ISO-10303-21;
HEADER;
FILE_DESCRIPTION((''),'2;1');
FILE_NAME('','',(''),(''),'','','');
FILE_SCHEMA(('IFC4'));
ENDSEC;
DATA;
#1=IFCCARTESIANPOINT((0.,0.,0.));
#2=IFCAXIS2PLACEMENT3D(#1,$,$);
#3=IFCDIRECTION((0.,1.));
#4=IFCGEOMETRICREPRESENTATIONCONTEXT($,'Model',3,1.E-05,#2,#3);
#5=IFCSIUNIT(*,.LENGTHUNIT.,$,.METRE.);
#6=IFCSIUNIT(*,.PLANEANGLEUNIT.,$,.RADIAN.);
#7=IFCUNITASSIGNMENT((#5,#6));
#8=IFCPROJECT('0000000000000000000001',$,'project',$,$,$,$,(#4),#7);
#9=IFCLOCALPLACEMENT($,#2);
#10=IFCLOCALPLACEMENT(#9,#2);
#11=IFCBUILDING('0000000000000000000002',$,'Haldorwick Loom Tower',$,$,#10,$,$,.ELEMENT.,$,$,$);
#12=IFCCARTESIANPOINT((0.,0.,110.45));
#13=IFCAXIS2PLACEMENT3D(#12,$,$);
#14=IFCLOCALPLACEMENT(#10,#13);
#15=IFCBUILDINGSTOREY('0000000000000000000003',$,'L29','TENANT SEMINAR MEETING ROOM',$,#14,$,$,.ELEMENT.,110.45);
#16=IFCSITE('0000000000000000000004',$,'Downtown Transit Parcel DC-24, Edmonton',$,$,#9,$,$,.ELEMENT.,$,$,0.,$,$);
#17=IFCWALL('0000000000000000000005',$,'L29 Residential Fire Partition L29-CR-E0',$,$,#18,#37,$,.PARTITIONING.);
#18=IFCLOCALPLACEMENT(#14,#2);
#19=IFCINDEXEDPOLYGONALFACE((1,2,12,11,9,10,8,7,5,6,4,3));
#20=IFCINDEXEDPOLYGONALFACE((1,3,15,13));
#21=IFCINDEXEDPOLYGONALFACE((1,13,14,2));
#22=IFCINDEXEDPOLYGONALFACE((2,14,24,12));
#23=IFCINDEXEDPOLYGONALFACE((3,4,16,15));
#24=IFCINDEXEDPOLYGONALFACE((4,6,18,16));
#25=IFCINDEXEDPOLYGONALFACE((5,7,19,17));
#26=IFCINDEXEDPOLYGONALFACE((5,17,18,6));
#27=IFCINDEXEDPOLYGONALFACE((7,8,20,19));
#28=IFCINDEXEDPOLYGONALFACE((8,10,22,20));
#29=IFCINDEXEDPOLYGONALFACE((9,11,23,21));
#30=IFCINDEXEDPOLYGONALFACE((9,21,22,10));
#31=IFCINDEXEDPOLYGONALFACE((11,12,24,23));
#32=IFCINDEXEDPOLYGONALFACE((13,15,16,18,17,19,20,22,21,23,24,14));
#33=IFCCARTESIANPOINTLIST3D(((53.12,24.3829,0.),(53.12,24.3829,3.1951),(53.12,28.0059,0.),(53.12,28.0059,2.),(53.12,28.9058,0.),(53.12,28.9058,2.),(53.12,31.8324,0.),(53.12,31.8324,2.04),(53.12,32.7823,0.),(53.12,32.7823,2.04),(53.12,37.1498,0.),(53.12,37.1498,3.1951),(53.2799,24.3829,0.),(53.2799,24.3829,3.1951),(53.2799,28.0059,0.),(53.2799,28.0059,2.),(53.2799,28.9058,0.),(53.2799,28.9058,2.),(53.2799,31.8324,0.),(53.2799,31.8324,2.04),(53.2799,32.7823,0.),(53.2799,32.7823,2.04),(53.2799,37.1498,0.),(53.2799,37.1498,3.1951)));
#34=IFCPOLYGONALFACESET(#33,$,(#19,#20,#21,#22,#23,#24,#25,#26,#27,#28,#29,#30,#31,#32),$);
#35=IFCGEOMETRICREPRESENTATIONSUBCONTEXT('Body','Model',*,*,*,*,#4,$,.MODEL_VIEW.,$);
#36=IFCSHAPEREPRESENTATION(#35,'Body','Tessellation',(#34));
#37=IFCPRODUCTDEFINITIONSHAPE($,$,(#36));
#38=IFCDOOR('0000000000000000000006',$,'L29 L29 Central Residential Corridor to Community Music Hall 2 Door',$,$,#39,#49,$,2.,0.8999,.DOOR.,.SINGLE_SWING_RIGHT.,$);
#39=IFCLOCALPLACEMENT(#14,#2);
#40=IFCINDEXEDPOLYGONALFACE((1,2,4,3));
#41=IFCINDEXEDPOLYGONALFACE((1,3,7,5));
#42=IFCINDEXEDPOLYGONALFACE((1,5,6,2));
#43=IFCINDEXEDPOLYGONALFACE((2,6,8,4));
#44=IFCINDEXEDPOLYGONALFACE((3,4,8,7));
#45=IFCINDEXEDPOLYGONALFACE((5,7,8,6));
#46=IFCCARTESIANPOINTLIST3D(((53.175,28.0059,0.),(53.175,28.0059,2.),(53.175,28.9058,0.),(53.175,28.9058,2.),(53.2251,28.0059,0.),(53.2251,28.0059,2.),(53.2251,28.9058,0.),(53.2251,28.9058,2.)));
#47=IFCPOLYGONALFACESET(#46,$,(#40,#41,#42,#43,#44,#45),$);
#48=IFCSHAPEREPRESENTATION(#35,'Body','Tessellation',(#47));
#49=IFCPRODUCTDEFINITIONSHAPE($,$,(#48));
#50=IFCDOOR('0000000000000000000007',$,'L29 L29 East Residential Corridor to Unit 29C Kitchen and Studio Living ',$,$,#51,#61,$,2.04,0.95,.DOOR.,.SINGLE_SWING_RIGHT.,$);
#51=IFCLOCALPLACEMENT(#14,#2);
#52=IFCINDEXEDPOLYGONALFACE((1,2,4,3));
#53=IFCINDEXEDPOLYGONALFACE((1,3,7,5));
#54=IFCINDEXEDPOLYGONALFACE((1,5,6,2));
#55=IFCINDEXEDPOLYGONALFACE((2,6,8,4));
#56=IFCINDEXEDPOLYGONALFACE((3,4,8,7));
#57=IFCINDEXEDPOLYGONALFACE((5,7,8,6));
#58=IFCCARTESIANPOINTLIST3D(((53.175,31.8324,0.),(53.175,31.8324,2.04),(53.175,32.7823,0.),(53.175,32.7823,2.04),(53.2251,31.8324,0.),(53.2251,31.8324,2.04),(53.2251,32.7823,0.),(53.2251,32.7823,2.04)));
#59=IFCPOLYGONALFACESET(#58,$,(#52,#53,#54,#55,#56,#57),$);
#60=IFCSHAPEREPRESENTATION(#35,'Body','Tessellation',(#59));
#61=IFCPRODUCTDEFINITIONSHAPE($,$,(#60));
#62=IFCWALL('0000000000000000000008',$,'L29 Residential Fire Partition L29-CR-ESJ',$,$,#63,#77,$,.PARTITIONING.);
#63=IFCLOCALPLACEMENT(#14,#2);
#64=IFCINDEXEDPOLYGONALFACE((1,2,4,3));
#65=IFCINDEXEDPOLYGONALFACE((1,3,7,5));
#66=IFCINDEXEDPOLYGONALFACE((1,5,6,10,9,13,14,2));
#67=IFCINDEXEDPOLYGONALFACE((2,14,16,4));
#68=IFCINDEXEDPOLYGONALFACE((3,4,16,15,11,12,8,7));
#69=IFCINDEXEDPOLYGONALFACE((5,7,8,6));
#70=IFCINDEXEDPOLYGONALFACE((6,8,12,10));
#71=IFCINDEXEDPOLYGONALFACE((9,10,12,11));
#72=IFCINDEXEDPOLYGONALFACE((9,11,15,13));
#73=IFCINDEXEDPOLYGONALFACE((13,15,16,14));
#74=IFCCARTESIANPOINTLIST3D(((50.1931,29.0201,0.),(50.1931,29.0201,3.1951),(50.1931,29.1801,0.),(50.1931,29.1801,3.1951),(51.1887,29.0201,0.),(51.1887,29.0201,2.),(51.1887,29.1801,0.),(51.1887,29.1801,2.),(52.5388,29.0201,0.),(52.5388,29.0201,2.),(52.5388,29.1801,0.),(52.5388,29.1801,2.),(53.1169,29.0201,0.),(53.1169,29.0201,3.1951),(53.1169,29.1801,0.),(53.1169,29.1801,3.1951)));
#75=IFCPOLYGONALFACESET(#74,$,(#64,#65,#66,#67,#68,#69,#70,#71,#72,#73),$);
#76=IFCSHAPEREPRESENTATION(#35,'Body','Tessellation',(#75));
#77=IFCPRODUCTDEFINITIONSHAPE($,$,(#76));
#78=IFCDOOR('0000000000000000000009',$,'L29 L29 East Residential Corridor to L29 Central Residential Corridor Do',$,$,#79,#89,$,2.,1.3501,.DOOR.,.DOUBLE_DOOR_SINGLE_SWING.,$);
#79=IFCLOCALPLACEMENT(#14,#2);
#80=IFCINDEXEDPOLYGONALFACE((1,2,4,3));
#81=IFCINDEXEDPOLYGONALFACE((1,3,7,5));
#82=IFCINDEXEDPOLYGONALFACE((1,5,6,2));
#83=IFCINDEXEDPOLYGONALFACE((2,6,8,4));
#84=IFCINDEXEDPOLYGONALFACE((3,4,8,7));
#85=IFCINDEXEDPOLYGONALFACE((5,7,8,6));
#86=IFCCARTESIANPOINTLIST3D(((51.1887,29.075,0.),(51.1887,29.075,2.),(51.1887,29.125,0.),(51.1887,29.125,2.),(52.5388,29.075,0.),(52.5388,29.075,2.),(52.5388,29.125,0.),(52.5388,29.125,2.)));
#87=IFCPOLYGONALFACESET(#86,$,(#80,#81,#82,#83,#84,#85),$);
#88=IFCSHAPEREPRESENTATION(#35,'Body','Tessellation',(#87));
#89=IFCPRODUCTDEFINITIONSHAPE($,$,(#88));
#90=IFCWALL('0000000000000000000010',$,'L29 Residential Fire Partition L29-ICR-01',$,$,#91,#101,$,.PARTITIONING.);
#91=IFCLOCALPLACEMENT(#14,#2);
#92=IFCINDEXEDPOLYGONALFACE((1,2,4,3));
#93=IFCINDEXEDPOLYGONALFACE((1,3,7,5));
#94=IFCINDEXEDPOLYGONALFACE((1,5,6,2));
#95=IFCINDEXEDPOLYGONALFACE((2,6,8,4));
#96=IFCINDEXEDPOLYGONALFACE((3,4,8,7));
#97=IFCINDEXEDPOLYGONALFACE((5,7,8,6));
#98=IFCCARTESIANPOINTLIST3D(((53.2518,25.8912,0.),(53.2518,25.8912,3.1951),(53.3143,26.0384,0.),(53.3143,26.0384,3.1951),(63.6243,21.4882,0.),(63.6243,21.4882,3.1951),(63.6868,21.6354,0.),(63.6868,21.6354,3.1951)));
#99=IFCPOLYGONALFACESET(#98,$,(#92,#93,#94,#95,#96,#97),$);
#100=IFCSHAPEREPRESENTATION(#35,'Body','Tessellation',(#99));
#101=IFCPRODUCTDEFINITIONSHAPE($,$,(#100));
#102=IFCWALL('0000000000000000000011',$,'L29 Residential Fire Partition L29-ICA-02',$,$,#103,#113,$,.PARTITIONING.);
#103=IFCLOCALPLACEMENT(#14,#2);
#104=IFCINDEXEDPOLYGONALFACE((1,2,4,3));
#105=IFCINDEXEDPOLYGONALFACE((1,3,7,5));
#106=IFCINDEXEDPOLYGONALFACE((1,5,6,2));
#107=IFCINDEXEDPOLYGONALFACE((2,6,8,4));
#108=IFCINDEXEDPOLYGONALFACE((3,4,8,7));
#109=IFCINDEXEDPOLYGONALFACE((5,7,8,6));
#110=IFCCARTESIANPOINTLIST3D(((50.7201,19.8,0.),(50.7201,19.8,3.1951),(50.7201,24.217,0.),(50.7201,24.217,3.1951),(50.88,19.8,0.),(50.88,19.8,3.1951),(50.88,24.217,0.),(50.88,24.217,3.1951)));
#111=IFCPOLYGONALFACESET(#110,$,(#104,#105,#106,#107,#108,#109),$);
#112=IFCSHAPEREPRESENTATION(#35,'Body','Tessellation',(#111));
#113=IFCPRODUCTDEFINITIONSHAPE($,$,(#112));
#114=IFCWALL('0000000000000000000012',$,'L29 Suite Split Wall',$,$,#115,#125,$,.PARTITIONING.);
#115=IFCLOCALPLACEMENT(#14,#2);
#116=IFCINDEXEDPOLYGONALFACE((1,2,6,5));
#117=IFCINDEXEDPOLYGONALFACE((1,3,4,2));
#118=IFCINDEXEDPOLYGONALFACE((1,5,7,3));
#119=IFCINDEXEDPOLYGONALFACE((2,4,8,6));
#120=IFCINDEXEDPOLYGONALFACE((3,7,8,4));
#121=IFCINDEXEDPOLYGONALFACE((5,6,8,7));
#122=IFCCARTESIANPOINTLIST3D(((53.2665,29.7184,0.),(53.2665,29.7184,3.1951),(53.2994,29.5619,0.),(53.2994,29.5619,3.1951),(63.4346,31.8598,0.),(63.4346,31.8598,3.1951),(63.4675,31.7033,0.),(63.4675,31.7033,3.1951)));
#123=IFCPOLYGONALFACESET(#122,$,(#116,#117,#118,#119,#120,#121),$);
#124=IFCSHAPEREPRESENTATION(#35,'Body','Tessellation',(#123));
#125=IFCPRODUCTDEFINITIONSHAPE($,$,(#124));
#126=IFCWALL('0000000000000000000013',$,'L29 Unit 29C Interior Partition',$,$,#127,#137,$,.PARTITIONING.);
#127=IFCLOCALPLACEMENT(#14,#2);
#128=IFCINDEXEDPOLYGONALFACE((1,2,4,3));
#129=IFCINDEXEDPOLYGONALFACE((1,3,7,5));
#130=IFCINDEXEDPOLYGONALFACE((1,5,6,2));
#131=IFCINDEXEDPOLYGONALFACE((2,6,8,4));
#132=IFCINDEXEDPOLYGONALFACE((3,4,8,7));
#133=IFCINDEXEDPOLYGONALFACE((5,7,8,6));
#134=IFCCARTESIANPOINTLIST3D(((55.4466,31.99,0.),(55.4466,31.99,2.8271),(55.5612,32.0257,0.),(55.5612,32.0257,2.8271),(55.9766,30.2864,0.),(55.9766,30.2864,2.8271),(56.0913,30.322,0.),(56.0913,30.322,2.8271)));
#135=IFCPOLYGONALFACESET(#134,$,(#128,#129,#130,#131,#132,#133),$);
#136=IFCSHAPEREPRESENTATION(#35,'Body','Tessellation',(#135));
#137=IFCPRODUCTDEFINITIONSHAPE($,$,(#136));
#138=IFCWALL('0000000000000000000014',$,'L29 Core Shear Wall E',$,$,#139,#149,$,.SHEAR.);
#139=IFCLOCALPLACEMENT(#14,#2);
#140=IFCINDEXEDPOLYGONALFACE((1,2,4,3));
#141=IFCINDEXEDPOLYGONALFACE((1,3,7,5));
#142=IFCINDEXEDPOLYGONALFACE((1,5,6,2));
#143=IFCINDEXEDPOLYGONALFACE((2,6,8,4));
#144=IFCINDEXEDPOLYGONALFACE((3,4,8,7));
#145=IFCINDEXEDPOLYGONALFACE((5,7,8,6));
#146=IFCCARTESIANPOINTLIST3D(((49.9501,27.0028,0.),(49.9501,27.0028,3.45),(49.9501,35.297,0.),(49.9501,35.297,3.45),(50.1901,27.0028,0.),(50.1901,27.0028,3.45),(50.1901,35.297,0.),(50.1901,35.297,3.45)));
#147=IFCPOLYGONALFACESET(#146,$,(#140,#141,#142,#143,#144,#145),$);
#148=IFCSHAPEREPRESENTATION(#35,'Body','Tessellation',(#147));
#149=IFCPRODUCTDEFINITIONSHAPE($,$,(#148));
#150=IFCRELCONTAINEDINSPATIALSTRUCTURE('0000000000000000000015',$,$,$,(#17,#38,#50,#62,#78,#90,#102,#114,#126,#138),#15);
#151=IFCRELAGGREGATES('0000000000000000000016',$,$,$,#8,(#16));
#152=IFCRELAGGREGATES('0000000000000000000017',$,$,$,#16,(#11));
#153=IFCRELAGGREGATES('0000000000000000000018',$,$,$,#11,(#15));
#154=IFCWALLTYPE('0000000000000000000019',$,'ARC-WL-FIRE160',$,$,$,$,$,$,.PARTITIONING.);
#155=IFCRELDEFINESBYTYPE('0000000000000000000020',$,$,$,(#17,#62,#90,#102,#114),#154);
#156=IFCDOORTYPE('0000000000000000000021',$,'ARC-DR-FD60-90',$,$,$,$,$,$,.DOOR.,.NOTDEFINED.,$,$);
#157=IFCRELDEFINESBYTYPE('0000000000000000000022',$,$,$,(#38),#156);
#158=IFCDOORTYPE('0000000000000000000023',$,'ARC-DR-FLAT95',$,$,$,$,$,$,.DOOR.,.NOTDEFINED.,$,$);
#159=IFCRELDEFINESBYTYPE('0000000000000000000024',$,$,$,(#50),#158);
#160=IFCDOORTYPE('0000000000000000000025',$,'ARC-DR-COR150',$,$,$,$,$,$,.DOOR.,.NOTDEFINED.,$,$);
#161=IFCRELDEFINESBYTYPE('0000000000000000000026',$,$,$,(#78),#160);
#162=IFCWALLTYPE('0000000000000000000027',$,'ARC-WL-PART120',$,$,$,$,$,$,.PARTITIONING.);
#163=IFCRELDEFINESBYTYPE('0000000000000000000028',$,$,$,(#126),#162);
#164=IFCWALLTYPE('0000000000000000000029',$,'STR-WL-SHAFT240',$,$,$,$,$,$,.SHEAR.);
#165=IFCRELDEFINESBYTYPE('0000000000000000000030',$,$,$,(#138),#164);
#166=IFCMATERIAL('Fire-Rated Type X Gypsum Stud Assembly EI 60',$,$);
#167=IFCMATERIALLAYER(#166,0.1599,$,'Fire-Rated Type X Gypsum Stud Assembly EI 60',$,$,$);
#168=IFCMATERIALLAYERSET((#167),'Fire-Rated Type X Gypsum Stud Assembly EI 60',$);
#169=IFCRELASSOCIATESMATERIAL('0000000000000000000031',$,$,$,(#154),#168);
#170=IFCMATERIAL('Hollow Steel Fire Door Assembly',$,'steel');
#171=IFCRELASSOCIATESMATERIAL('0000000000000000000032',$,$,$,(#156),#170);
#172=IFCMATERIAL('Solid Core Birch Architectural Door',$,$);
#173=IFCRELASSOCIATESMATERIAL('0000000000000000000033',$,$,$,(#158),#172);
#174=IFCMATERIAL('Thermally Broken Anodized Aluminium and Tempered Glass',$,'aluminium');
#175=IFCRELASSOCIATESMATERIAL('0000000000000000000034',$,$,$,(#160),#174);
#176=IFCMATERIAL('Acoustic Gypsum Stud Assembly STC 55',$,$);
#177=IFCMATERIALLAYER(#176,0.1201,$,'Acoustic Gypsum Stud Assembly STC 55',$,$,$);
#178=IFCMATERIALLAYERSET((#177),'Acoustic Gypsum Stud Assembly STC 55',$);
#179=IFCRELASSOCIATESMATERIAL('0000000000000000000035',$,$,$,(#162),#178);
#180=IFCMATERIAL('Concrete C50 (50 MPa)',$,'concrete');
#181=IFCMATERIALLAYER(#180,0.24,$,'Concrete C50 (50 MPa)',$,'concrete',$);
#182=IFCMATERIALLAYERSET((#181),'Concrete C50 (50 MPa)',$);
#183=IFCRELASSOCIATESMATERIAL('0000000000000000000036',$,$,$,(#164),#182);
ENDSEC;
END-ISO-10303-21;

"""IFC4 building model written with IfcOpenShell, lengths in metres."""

from ifc_helpers import new_model, si_unit, direction, frame, frame_2d, origin, place, context, subcontext, project, spatial, rectangle, extrude, material, layer, layer_set, type_object, element, fill, save


model = new_model("IFC4")

# Units and contexts
model_context = context("Model", 3, precision=1e-05, world=origin(), true_north=direction((0.0, 1.0)))
body_context = subcontext(model_context, "Body", "Model", "MODEL_VIEW")
ifc_project = project(units=[si_unit("LENGTHUNIT", "METRE"), si_unit("PLANEANGLEUNIT", "RADIAN")], contexts=[model_context])

# Site, building, storey
site_placement = place(None, origin())
site = spatial("IfcSite", under=ifc_project, at=site_placement, Name="Downtown Transit Parcel DC-24, Edmonton", CompositionType="ELEMENT", RefElevation=0.0)
building_placement = place(site_placement, origin())
building = spatial("IfcBuilding", under=site, at=building_placement, Name="Haldorwick Loom Tower", CompositionType="ELEMENT")
storey_placement = place(building_placement, frame((0.0, 0.0, 110.45)))
storey = spatial("IfcBuildingStorey", under=building, at=storey_placement, Name="L29", Description="TENANT SEMINAR MEETING ROOM", CompositionType="ELEMENT", Elevation=110.45)

# Wall, openings, doors
ifc_material_1 = material(Name="Fire-Rated Type X Gypsum Stud Assembly EI 60")
ifc_layer_1 = layer(ifc_material_1, 0.1599, Name="Fire-Rated Type X Gypsum Stud Assembly EI 60")
ifc_layer_set_1 = layer_set([ifc_layer_1], Name="Fire-Rated Type X Gypsum Stud Assembly EI 60")
wall_type_1 = type_object("IfcWallType", Name="ARC-WL-FIRE160", PredefinedType="PARTITIONING", material=ifc_layer_set_1)
wall_1_placement = place(storey_placement, frame((53.2, 24.3831, 0.0), z_axis=(0.0, 0.0, 1.0), x_axis=(0.0, 1.0, 0.0)))
wall_1 = element("IfcWall", 1, at=wall_1_placement, inside=storey, type_object=wall_type_1, Name="L29 Residential Fire Partition L29-CR-E0", PredefinedType="PARTITIONING", context=body_context, shape_type="SweptSolid", body=[
    extrude(rectangle(XDim=12.7668, YDim=0.1599, at=frame_2d((6.3833, 0.0))), origin(), (0.0, 0.0, 1.0), 3.1951),
])
opening_1_placement = place(wall_1_placement, frame((3.6228, 0.0, 0.0)))
opening_1 = element("IfcOpeningElement", 2, at=opening_1_placement, cuts=wall_1, PredefinedType="OPENING", context=body_context, shape_type="SweptSolid", body=[
    extrude(rectangle(XDim=0.8999, YDim=2.0, at=frame_2d((0.45, 1.0))), frame((0.0, 0.0898, 0.0), z_axis=(0.0, -1.0, 0.0), x_axis=(1.0, 0.0, 0.0)), (0.0, 0.0, 1.0), 0.1799),
])
opening_2_placement = place(wall_1_placement, frame((7.4492, 0.0, 0.0)))
opening_2 = element("IfcOpeningElement", 3, at=opening_2_placement, cuts=wall_1, PredefinedType="OPENING", context=body_context, shape_type="SweptSolid", body=[
    extrude(rectangle(XDim=0.95, YDim=2.04, at=frame_2d((0.4751, 1.02))), frame((0.0, 0.0898, 0.0), z_axis=(0.0, -1.0, 0.0), x_axis=(1.0, 0.0, 0.0)), (0.0, 0.0, 1.0), 0.1799),
])
ifc_material_2 = material(Name="Hollow Steel Fire Door Assembly", Category="steel")
door_type_1 = type_object("IfcDoorType", Name="ARC-DR-FD60-90", OperationType="NOTDEFINED", PredefinedType="DOOR", material=ifc_material_2)
door_1_placement = place(opening_1_placement, origin())
door_1 = element("IfcDoor", 4, at=door_1_placement, inside=storey, type_object=door_type_1, Name="L29 L29 Central Residential Corridor to Community Music Hall 2 Door", OperationType="SINGLE_SWING_RIGHT", OverallHeight=2.0, OverallWidth=0.8999, PredefinedType="DOOR", context=body_context, shape_type="SweptSolid", body=[
    extrude(rectangle(XDim=0.8999, YDim=2.0, at=frame_2d((0.45, 1.0))), frame((0.0, 0.0249, 0.0), z_axis=(0.0, -1.0, 0.0), x_axis=(1.0, 0.0, 0.0)), (0.0, 0.0, 1.0), 0.05),
])
fill(opening_1, door_1)
ifc_material_3 = material(Name="Solid Core Birch Architectural Door")
door_type_2 = type_object("IfcDoorType", Name="ARC-DR-FLAT95", OperationType="NOTDEFINED", PredefinedType="DOOR", material=ifc_material_3)
door_2_placement = place(opening_2_placement, origin())
door_2 = element("IfcDoor", 5, at=door_2_placement, inside=storey, type_object=door_type_2, Name="L29 L29 East Residential Corridor to Unit 29C Kitchen and Studio Living ", OperationType="SINGLE_SWING_RIGHT", OverallHeight=2.04, OverallWidth=0.95, PredefinedType="DOOR", context=body_context, shape_type="SweptSolid", body=[
    extrude(rectangle(XDim=0.95, YDim=2.04, at=frame_2d((0.4751, 1.02))), frame((0.0, 0.0249, 0.0), z_axis=(0.0, -1.0, 0.0), x_axis=(1.0, 0.0, 0.0)), (0.0, 0.0, 1.0), 0.05),
])
fill(opening_2, door_2)

# Wall, opening, door
wall_2_placement = place(storey_placement, frame((50.1931, 29.1001, 0.0), z_axis=(0.0, 0.0, 1.0), x_axis=(1.0, 0.0, 0.0)))
wall_2 = element("IfcWall", 6, at=wall_2_placement, inside=storey, type_object=wall_type_1, Name="L29 Residential Fire Partition L29-CR-ESJ", PredefinedType="PARTITIONING", context=body_context, shape_type="SweptSolid", body=[
    extrude(rectangle(XDim=2.9238, YDim=0.1599, at=frame_2d((1.4619, 0.0))), origin(), (0.0, 0.0, 1.0), 3.1951),
])
opening_3_placement = place(wall_2_placement, frame((0.9956, 0.0, 0.0)))
opening_3 = element("IfcOpeningElement", 7, at=opening_3_placement, cuts=wall_2, PredefinedType="OPENING", context=body_context, shape_type="SweptSolid", body=[
    extrude(rectangle(XDim=1.3501, YDim=2.0, at=frame_2d((0.675, 1.0))), frame((0.0, 0.0898, 0.0), z_axis=(0.0, -1.0, 0.0), x_axis=(1.0, 0.0, 0.0)), (0.0, 0.0, 1.0), 0.1799),
])
ifc_material_4 = material(Name="Thermally Broken Anodized Aluminium and Tempered Glass", Category="aluminium")
door_type_3 = type_object("IfcDoorType", Name="ARC-DR-COR150", OperationType="NOTDEFINED", PredefinedType="DOOR", material=ifc_material_4)
door_3_placement = place(opening_3_placement, origin())
door_3 = element("IfcDoor", 8, at=door_3_placement, inside=storey, type_object=door_type_3, Name="L29 L29 East Residential Corridor to L29 Central Residential Corridor Do", OperationType="DOUBLE_DOOR_SINGLE_SWING", OverallHeight=2.0, OverallWidth=1.3501, PredefinedType="DOOR", context=body_context, shape_type="SweptSolid", body=[
    extrude(rectangle(XDim=1.3501, YDim=2.0, at=frame_2d((0.675, 1.0))), frame((0.0, 0.0249, 0.0), z_axis=(0.0, -1.0, 0.0), x_axis=(1.0, 0.0, 0.0)), (0.0, 0.0, 1.0), 0.05),
])
fill(opening_3, door_3)

# Walls
wall_3_placement = place(storey_placement, frame((53.283, 25.9648, 0.0), z_axis=(0.0, 0.0, 1.0), x_axis=(0.920499, -0.390745, 0.0)))
element("IfcWall", 9, at=wall_3_placement, inside=storey, type_object=wall_type_1, Name="L29 Residential Fire Partition L29-ICR-01", PredefinedType="PARTITIONING", context=body_context, shape_type="SweptSolid", body=[
    extrude(rectangle(XDim=11.2683, YDim=0.1599, at=frame_2d((5.6343, 0.0))), origin(), (0.0, 0.0, 1.0), 3.1951),
])
wall_4_placement = place(storey_placement, frame((50.8, 24.217, 0.0), z_axis=(0.0, 0.0, 1.0), x_axis=(0.0, -1.0, 0.0)))
element("IfcWall", 10, at=wall_4_placement, inside=storey, type_object=wall_type_1, Name="L29 Residential Fire Partition L29-ICA-02", PredefinedType="PARTITIONING", context=body_context, shape_type="SweptSolid", body=[
    extrude(rectangle(XDim=4.417, YDim=0.1599, at=frame_2d((2.2085, 0.0))), origin(), (0.0, 0.0, 1.0), 3.1951),
])
wall_5_placement = place(storey_placement, frame((53.283, 29.6401, 0.0), z_axis=(0.0, 0.0, 1.0), x_axis=(0.978536, 0.206078, 0.0)))
element("IfcWall", 11, at=wall_5_placement, inside=storey, type_object=wall_type_1, Name="L29 Suite Split Wall", PredefinedType="PARTITIONING", context=body_context, shape_type="SweptSolid", body=[
    extrude(rectangle(XDim=10.3911, YDim=0.1599, at=frame_2d((5.1956, 0.0))), origin(), (0.0, 0.0, 1.0), 3.1951),
])
ifc_material_5 = material(Name="Acoustic Gypsum Stud Assembly STC 55")
ifc_layer_2 = layer(ifc_material_5, 0.1201, Name="Acoustic Gypsum Stud Assembly STC 55")
ifc_layer_set_2 = layer_set([ifc_layer_2], Name="Acoustic Gypsum Stud Assembly STC 55")
wall_type_2 = type_object("IfcWallType", Name="ARC-WL-PART120", PredefinedType="PARTITIONING", material=ifc_layer_set_2)
wall_6_placement = place(storey_placement, frame((56.0339, 30.3042, 0.0), z_axis=(0.0, 0.0, 1.0), x_axis=(-0.297075, 0.954854, 0.0)))
element("IfcWall", 12, at=wall_6_placement, inside=storey, type_object=wall_type_2, Name="L29 Unit 29C Interior Partition", PredefinedType="PARTITIONING", context=body_context, shape_type="SweptSolid", body=[
    extrude(rectangle(XDim=1.7842, YDim=0.1201, at=frame_2d((0.8921, 0.0))), origin(), (0.0, 0.0, 1.0), 2.8271),
])
ifc_material_6 = material(Name="Concrete C50 (50 MPa)", Category="concrete")
ifc_layer_3 = layer(ifc_material_6, 0.24, Name="Concrete C50 (50 MPa)", Category="concrete")
ifc_layer_set_3 = layer_set([ifc_layer_3], Name="Concrete C50 (50 MPa)")
wall_type_3 = type_object("IfcWallType", Name="STR-WL-SHAFT240", PredefinedType="SHEAR", material=ifc_layer_set_3)
wall_7_placement = place(storey_placement, frame((50.0701, 27.0029, 0.0), z_axis=(0.0, 0.0, 1.0), x_axis=(0.0, 1.0, 0.0)))
element("IfcWall", 13, at=wall_7_placement, inside=storey, type_object=wall_type_3, Name="L29 Core Shear Wall E", PredefinedType="SHEAR", context=body_context, shape_type="SweptSolid", body=[
    extrude(rectangle(XDim=8.2942, YDim=0.24, at=frame_2d((4.147, 0.0))), origin(), (0.0, 0.0, 1.0), 3.45),
])

save(model, "model.ifc")
